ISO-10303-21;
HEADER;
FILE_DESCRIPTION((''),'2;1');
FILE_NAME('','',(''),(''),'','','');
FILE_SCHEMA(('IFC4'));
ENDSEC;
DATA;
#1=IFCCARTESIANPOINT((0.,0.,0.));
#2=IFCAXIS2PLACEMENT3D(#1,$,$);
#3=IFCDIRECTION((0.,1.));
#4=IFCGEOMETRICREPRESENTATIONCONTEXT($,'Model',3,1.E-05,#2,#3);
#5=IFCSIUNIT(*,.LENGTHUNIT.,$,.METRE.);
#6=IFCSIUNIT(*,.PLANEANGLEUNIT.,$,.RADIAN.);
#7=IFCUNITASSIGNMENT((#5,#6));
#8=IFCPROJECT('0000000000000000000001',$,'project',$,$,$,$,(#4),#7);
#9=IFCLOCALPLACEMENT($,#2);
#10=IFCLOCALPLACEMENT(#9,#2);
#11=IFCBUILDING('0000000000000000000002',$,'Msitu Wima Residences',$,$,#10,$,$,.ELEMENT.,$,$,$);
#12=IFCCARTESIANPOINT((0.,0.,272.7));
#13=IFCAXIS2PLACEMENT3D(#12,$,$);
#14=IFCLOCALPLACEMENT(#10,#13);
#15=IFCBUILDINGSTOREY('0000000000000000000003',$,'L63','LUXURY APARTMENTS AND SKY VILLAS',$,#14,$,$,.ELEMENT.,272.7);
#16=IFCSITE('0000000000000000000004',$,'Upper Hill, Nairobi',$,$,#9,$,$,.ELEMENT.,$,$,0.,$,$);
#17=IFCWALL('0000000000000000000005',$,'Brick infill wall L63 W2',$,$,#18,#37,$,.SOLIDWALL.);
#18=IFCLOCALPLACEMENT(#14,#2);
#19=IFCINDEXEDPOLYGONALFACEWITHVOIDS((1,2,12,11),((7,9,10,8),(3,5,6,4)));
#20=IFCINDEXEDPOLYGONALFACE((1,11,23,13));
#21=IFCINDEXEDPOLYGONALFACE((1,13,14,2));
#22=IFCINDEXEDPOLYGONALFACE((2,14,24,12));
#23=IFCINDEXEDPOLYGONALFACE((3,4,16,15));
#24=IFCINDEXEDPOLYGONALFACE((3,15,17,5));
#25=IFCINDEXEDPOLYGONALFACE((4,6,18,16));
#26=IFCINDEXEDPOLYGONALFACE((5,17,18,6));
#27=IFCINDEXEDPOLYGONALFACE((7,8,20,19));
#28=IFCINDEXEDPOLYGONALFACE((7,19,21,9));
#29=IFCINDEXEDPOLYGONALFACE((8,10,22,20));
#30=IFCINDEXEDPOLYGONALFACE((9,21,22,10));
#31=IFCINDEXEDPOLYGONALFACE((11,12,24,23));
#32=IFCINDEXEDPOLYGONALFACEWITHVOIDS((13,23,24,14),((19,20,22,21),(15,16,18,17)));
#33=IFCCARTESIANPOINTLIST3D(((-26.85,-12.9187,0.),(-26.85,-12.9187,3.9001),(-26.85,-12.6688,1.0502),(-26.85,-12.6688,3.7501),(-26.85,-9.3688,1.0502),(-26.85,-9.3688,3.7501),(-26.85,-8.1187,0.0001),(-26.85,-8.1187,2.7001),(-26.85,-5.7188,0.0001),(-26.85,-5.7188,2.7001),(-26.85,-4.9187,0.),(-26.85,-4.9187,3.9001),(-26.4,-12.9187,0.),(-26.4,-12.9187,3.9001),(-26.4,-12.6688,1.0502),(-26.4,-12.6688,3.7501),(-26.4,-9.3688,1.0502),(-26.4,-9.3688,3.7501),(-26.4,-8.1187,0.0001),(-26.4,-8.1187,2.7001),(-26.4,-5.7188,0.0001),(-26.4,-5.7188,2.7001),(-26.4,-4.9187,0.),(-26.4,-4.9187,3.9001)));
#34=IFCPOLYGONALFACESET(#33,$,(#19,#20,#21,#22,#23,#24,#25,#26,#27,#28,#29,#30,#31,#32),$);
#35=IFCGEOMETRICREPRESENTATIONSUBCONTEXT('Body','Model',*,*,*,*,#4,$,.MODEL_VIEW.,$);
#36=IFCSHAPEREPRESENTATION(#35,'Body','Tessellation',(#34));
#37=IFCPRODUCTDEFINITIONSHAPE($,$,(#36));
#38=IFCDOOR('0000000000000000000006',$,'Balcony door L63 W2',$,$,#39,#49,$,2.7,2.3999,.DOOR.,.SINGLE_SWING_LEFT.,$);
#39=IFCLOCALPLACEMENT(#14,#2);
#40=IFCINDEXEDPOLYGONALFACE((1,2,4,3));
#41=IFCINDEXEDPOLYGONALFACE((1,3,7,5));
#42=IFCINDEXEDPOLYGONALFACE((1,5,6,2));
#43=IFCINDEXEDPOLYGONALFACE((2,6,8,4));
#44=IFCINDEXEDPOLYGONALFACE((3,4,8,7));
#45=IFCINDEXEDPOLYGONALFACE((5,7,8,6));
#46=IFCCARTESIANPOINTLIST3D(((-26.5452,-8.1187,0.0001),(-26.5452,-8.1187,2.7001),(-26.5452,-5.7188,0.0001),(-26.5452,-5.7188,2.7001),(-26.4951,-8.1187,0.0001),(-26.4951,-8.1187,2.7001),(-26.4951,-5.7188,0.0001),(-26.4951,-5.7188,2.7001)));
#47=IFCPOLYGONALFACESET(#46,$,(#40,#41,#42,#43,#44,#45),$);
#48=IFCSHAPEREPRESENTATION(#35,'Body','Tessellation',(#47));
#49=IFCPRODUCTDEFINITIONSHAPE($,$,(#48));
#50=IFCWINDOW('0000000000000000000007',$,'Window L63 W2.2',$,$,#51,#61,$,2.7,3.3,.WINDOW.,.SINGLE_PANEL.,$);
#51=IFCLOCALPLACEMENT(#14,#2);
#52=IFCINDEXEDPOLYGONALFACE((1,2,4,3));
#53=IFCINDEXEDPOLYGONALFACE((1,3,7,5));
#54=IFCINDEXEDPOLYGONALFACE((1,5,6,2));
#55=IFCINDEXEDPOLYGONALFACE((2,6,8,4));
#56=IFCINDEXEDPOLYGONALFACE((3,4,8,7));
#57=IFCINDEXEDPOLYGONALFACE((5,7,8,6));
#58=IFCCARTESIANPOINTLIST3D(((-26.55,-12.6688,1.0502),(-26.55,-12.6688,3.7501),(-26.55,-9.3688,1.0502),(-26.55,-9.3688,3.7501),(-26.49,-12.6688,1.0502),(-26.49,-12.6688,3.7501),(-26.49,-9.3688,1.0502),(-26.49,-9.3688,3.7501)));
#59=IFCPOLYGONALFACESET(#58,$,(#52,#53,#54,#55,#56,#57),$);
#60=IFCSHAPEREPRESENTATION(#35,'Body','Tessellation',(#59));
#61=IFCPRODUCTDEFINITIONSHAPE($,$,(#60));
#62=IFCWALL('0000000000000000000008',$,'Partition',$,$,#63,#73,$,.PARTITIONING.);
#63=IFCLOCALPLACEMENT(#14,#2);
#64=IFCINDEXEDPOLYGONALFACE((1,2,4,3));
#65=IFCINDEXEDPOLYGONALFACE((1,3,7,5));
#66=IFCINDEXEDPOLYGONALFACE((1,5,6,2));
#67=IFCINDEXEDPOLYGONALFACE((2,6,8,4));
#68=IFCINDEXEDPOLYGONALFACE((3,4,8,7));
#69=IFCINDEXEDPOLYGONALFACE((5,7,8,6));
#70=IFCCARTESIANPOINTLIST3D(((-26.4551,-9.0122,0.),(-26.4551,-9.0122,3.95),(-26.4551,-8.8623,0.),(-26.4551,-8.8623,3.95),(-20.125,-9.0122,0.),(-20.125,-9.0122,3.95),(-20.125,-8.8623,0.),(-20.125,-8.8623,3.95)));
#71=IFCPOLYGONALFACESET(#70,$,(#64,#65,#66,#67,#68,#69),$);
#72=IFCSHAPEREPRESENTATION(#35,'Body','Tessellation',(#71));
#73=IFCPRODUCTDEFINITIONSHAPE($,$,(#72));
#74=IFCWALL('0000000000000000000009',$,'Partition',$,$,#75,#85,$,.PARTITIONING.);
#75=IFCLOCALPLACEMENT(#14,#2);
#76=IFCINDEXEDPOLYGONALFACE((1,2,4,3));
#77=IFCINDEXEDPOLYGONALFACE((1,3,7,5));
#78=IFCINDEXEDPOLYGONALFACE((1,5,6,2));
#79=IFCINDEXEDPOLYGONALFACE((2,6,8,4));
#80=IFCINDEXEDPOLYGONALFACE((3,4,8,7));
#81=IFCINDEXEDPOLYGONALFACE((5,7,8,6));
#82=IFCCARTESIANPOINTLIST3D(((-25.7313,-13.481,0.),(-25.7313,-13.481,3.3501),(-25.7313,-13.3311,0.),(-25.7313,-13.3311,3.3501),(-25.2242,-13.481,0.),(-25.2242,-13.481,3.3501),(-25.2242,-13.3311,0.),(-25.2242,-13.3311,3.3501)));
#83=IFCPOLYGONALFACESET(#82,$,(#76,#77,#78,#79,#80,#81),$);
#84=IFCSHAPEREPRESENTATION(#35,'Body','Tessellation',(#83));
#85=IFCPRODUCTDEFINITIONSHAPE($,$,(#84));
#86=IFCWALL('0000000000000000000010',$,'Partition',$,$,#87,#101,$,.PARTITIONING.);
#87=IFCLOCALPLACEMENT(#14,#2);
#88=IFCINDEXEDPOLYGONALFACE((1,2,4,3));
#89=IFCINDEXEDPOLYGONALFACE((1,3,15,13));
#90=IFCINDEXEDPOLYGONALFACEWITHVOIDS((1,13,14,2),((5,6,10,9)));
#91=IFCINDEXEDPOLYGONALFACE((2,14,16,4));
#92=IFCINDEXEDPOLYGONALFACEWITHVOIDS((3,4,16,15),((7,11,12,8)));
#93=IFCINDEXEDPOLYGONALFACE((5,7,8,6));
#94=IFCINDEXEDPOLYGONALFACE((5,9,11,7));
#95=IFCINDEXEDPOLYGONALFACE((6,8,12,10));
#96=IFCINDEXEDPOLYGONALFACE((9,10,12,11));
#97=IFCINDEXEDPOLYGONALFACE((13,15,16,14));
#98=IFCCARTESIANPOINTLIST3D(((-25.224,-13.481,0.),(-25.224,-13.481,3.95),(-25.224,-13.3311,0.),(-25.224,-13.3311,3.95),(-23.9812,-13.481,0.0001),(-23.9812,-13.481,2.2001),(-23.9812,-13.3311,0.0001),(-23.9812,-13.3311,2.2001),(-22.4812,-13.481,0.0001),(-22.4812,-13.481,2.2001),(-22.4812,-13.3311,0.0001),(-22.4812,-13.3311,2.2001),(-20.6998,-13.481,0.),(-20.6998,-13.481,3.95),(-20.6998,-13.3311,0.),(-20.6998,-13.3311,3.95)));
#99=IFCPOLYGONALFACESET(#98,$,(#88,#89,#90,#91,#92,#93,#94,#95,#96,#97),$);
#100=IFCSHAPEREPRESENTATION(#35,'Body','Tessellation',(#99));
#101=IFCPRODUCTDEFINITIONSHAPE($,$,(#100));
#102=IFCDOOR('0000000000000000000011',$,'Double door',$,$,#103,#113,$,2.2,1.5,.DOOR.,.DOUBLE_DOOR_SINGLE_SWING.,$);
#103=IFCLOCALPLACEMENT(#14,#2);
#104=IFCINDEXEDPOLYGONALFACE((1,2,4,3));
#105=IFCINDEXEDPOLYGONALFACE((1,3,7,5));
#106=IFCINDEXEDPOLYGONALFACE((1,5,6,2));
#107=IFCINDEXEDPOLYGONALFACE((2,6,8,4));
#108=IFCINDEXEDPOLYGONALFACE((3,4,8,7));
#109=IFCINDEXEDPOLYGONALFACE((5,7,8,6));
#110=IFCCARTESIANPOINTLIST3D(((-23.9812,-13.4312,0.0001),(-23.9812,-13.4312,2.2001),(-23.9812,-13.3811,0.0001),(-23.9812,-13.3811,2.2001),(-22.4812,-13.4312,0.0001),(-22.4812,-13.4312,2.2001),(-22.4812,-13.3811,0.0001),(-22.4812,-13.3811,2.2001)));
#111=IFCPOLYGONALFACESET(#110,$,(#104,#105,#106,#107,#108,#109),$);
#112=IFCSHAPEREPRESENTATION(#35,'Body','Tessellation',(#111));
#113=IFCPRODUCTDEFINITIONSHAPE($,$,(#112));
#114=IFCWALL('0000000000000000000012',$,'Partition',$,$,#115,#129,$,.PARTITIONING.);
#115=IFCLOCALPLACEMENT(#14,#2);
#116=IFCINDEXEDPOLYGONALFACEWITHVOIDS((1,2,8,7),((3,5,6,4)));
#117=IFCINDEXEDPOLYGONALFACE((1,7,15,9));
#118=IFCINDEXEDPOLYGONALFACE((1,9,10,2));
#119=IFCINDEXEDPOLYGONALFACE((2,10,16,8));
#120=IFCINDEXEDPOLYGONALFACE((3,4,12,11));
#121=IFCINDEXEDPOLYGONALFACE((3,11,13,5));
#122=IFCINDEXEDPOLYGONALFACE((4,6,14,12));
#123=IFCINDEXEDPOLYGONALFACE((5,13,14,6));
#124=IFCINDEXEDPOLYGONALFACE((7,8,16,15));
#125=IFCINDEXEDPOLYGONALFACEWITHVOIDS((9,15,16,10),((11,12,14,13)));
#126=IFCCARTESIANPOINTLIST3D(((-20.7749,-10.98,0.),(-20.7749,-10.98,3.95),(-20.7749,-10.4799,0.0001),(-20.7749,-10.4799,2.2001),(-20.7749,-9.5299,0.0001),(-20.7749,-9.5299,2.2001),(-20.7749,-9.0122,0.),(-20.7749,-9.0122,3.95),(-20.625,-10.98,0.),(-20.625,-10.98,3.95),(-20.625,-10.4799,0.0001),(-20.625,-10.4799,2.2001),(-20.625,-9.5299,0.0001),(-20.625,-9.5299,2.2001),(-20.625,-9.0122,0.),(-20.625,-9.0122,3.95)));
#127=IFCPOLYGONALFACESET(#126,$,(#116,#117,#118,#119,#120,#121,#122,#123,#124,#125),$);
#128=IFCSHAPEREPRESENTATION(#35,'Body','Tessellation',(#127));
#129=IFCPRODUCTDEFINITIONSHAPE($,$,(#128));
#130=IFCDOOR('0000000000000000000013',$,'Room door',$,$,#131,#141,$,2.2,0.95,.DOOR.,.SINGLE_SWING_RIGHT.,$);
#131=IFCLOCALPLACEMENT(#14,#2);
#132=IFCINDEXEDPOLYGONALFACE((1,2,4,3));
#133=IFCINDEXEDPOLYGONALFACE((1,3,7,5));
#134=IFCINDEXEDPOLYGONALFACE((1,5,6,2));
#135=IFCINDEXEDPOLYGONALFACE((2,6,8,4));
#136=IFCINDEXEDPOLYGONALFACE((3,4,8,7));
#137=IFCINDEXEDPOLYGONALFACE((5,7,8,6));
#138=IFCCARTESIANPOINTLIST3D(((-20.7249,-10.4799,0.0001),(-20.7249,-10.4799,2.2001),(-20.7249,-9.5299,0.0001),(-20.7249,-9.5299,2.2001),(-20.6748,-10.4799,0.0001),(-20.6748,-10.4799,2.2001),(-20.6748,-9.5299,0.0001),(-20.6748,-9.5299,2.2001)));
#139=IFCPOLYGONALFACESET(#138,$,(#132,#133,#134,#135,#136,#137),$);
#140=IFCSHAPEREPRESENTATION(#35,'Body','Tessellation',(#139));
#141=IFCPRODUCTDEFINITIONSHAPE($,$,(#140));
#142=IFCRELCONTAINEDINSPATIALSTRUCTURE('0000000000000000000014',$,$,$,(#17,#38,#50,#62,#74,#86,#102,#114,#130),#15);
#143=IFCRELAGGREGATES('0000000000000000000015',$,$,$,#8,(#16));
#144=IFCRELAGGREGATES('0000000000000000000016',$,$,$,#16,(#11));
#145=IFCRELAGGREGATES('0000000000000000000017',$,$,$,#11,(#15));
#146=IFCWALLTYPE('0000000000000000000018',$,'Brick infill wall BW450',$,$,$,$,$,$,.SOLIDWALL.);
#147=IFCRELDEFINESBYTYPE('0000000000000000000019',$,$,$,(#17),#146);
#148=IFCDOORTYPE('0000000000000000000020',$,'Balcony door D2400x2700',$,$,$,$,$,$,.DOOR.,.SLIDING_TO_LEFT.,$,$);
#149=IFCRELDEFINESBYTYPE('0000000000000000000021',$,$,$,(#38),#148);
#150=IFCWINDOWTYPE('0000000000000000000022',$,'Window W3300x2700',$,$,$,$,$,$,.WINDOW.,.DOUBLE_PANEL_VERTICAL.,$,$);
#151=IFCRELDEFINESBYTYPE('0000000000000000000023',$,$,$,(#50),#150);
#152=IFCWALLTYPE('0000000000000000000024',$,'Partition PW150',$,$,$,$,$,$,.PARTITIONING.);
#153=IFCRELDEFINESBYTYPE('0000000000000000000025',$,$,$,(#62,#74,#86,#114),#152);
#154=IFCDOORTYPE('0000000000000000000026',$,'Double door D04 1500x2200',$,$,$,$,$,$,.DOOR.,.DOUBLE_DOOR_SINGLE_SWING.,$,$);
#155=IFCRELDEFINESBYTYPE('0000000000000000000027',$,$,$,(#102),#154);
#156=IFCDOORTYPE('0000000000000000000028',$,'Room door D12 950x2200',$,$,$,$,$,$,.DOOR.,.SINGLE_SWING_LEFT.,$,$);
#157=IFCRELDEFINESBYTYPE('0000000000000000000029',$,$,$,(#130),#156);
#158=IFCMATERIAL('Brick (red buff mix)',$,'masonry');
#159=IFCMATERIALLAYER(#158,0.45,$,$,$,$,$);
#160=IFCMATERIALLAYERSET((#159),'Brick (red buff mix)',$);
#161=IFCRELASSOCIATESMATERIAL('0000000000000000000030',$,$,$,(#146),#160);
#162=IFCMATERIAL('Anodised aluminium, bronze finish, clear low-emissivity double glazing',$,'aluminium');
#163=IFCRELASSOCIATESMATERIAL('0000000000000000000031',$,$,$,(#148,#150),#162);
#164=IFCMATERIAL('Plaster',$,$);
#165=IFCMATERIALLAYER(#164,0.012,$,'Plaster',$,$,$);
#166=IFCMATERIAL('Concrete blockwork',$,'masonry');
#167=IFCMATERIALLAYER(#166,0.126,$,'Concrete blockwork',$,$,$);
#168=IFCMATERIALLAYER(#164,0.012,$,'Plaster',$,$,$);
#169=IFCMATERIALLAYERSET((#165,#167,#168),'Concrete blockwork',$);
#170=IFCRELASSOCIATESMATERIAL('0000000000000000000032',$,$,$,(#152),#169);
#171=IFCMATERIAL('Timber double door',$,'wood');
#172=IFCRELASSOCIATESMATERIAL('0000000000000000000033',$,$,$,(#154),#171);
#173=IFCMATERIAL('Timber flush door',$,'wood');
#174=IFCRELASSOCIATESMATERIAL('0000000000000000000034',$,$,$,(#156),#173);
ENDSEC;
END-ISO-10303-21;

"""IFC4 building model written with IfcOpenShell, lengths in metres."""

from ifc_helpers import new_model, si_unit, direction, frame, frame_2d, origin, place, context, subcontext, project, spatial, rectangle, extrude, material, layer, layer_set, type_object, element, fill, save


model = new_model("IFC4")

# Units and contexts
model_context = context("Model", 3, precision=1e-05, world=origin(), true_north=direction((0.0, 1.0)))
body_context = subcontext(model_context, "Body", "Model", "MODEL_VIEW")
ifc_project = project(units=[si_unit("LENGTHUNIT", "METRE"), si_unit("PLANEANGLEUNIT", "RADIAN")], contexts=[model_context])

# Site, building, storey
site_placement = place(None, origin())
site = spatial("IfcSite", under=ifc_project, at=site_placement, Name="Upper Hill, Nairobi", CompositionType="ELEMENT", RefElevation=0.0)
building_placement = place(site_placement, origin())
building = spatial("IfcBuilding", under=site, at=building_placement, Name="Msitu Wima Residences", CompositionType="ELEMENT")
storey_placement = place(building_placement, frame((0.0, 0.0, 272.7)))
storey = spatial("IfcBuildingStorey", under=building, at=storey_placement, Name="L63", Description="LUXURY APARTMENTS AND SKY VILLAS", CompositionType="ELEMENT", Elevation=272.7)

# Wall, openings, door, window
ifc_material_1 = material(Name="Brick (red buff mix)", Category="masonry")
ifc_layer_1 = layer(ifc_material_1, 0.45)
ifc_layer_set_1 = layer_set([ifc_layer_1], Name="Brick (red buff mix)")
wall_type_1 = type_object("IfcWallType", Name="Brick infill wall BW450", PredefinedType="SOLIDWALL", material=ifc_layer_set_1)
wall_1_placement = place(storey_placement, frame((-26.625, -4.9187, 0.0), z_axis=(0.0, 0.0, 1.0), x_axis=(0.0, -1.0, 0.0)))
wall_1 = element("IfcWall", 1, at=wall_1_placement, inside=storey, type_object=wall_type_1, Name="Brick infill wall L63 W2", PredefinedType="SOLIDWALL", context=body_context, shape_type="SweptSolid", body=[
    extrude(rectangle(XDim=8.0, YDim=0.45, at=frame_2d((4.0, 0.0))), origin(), (0.0, 0.0, 1.0), 3.9001),
])
opening_1_placement = place(wall_1_placement, frame((0.8, 0.0, 0.0)))
opening_1 = element("IfcOpeningElement", 2, at=opening_1_placement, cuts=wall_1, PredefinedType="OPENING", context=body_context, shape_type="SweptSolid", body=[
    extrude(rectangle(XDim=2.3999, YDim=2.7, at=frame_2d((1.2, 1.3501))), frame((0.0, 0.2349, 0.0), z_axis=(0.0, -1.0, 0.0), x_axis=(1.0, 0.0, 0.0)), (0.0, 0.0, 1.0), 0.47),
])
opening_2_placement = place(wall_1_placement, frame((4.4502, 0.0, 1.05)))
opening_2 = element("IfcOpeningElement", 3, at=opening_2_placement, cuts=wall_1, PredefinedType="OPENING", context=body_context, shape_type="SweptSolid", body=[
    extrude(rectangle(XDim=3.3, YDim=2.7, at=frame_2d((1.6499, 1.3501))), frame((0.0, 0.2349, 0.0), z_axis=(0.0, -1.0, 0.0), x_axis=(1.0, 0.0, 0.0)), (0.0, 0.0, 1.0), 0.47),
])
ifc_material_2 = material(Name="Anodised aluminium, bronze finish, clear low-emissivity double glazing", Category="aluminium")
door_type_1 = type_object("IfcDoorType", Name="Balcony door D2400x2700", OperationType="SLIDING_TO_LEFT", PredefinedType="DOOR", material=ifc_material_2)
door_1_placement = place(opening_1_placement, origin())
door_1 = element("IfcDoor", 4, at=door_1_placement, inside=storey, type_object=door_type_1, Name="Balcony door L63 W2", OperationType="SINGLE_SWING_LEFT", OverallHeight=2.7, OverallWidth=2.3999, PredefinedType="DOOR", context=body_context, shape_type="SweptSolid", body=[
    extrude(rectangle(XDim=2.3999, YDim=2.7, at=frame_2d((1.2, 1.3501))), frame((0.0, 0.1299, 0.0), z_axis=(0.0, -1.0, 0.0), x_axis=(1.0, 0.0, 0.0)), (0.0, 0.0, 1.0), 0.05),
])
fill(opening_1, door_1)
window_type = type_object("IfcWindowType", Name="Window W3300x2700", PartitioningType="DOUBLE_PANEL_VERTICAL", PredefinedType="WINDOW", material=ifc_material_2)
window_placement = place(opening_2_placement, origin())
window = element("IfcWindow", 5, at=window_placement, inside=storey, type_object=window_type, Name="Window L63 W2.2", OverallHeight=2.7, OverallWidth=3.3, PartitioningType="SINGLE_PANEL", PredefinedType="WINDOW", context=body_context, shape_type="SweptSolid", body=[
    extrude(rectangle(XDim=3.3, YDim=2.7, at=frame_2d((1.6499, 1.3501))), frame((0.0, 0.135, 0.0), z_axis=(0.0, -1.0, 0.0), x_axis=(1.0, 0.0, 0.0)), (0.0, 0.0, 1.0), 0.0601),
])
fill(opening_2, window)

# Walls
ifc_material_3 = material(Name="Plaster")
ifc_layer_2 = layer(ifc_material_3, 0.012, Name="Plaster")
ifc_material_4 = material(Name="Concrete blockwork", Category="masonry")
ifc_layer_3 = layer(ifc_material_4, 0.126, Name="Concrete blockwork")
ifc_layer_4 = layer(ifc_material_3, 0.012, Name="Plaster")
ifc_layer_set_2 = layer_set([ifc_layer_2, ifc_layer_3, ifc_layer_4], Name="Concrete blockwork")
wall_type_2 = type_object("IfcWallType", Name="Partition PW150", PredefinedType="PARTITIONING", material=ifc_layer_set_2)
wall_2_placement = place(storey_placement, frame((-26.4551, -8.9373, 0.0), z_axis=(0.0, 0.0, 1.0), x_axis=(1.0, 0.0, 0.0)))
element("IfcWall", 6, at=wall_2_placement, inside=storey, type_object=wall_type_2, Name="Partition", PredefinedType="PARTITIONING", context=body_context, shape_type="SweptSolid", body=[
    extrude(rectangle(XDim=6.3301, YDim=0.1499, at=frame_2d((3.165, 0.0))), origin(), (0.0, 0.0, 1.0), 3.95),
])
wall_3_placement = place(storey_placement, frame((-25.7312, -13.406, 0.0), z_axis=(0.0, 0.0, 1.0), x_axis=(1.0, 0.0, 0.0)))
element("IfcWall", 7, at=wall_3_placement, inside=storey, type_object=wall_type_2, Name="Partition", PredefinedType="PARTITIONING", context=body_context, shape_type="SweptSolid", body=[
    extrude(rectangle(XDim=0.5071, YDim=0.1499, at=frame_2d((0.2534, 0.0))), origin(), (0.0, 0.0, 1.0), 3.3501),
])

# Walls, openings, doors
wall_4_placement = place(storey_placement, frame((-25.2241, -13.406, 0.0), z_axis=(0.0, 0.0, 1.0), x_axis=(1.0, 0.0, 0.0)))
wall_4 = element("IfcWall", 8, at=wall_4_placement, inside=storey, type_object=wall_type_2, Name="Partition", PredefinedType="PARTITIONING", context=body_context, shape_type="SweptSolid", body=[
    extrude(rectangle(XDim=4.5242, YDim=0.1499, at=frame_2d((2.2622, 0.0))), origin(), (0.0, 0.0, 1.0), 3.95),
])
opening_3_placement = place(wall_4_placement, frame((1.2429, 0.0, 0.0)))
opening_3 = element("IfcOpeningElement", 9, at=opening_3_placement, cuts=wall_4, PredefinedType="OPENING", context=body_context, shape_type="SweptSolid", body=[
    extrude(rectangle(XDim=1.5, YDim=2.2, at=frame_2d((0.75, 1.1001))), frame((0.0, 0.085, 0.0), z_axis=(0.0, -1.0, 0.0), x_axis=(1.0, 0.0, 0.0)), (0.0, 0.0, 1.0), 0.1699),
])
ifc_material_5 = material(Name="Timber double door", Category="wood")
door_type_2 = type_object("IfcDoorType", Name="Double door D04 1500x2200", OperationType="DOUBLE_DOOR_SINGLE_SWING", PredefinedType="DOOR", material=ifc_material_5)
door_2_placement = place(opening_3_placement, origin())
door_2 = element("IfcDoor", 10, at=door_2_placement, inside=storey, type_object=door_type_2, Name="Double door", OperationType="DOUBLE_DOOR_SINGLE_SWING", OverallHeight=2.2, OverallWidth=1.5, PredefinedType="DOOR", context=body_context, shape_type="SweptSolid", body=[
    extrude(rectangle(XDim=1.5, YDim=2.2, at=frame_2d((0.75, 1.1001))), frame((0.0, 0.0249, 0.0), z_axis=(0.0, -1.0, 0.0), x_axis=(1.0, 0.0, 0.0)), (0.0, 0.0, 1.0), 0.05),
])
fill(opening_3, door_2)
wall_5_placement = place(storey_placement, frame((-20.7, -10.98, 0.0), z_axis=(0.0, 0.0, 1.0), x_axis=(0.0, 1.0, 0.0)))
wall_5 = element("IfcWall", 11, at=wall_5_placement, inside=storey, type_object=wall_type_2, Name="Partition", PredefinedType="PARTITIONING", context=body_context, shape_type="SweptSolid", body=[
    extrude(rectangle(XDim=1.9678, YDim=0.1499, at=frame_2d((0.9839, 0.0))), origin(), (0.0, 0.0, 1.0), 3.95),
])
opening_4_placement = place(wall_5_placement, frame((0.5, 0.0, 0.0)))
opening_4 = element("IfcOpeningElement", 12, at=opening_4_placement, cuts=wall_5, PredefinedType="OPENING", context=body_context, shape_type="SweptSolid", body=[
    extrude(rectangle(XDim=0.95, YDim=2.2, at=frame_2d((0.4751, 1.1001))), frame((0.0, 0.085, 0.0), z_axis=(0.0, -1.0, 0.0), x_axis=(1.0, 0.0, 0.0)), (0.0, 0.0, 1.0), 0.1699),
])
ifc_material_6 = material(Name="Timber flush door", Category="wood")
door_type_3 = type_object("IfcDoorType", Name="Room door D12 950x2200", OperationType="SINGLE_SWING_LEFT", PredefinedType="DOOR", material=ifc_material_6)
door_3_placement = place(opening_4_placement, origin())
door_3 = element("IfcDoor", 13, at=door_3_placement, inside=storey, type_object=door_type_3, Name="Room door", OperationType="SINGLE_SWING_RIGHT", OverallHeight=2.2, OverallWidth=0.95, PredefinedType="DOOR", context=body_context, shape_type="SweptSolid", body=[
    extrude(rectangle(XDim=0.95, YDim=2.2, at=frame_2d((0.4751, 1.1001))), frame((0.0, 0.0249, 0.0), z_axis=(0.0, -1.0, 0.0), x_axis=(1.0, 0.0, 0.0)), (0.0, 0.0, 1.0), 0.05),
])
fill(opening_4, door_3)

save(model, "model.ifc")
